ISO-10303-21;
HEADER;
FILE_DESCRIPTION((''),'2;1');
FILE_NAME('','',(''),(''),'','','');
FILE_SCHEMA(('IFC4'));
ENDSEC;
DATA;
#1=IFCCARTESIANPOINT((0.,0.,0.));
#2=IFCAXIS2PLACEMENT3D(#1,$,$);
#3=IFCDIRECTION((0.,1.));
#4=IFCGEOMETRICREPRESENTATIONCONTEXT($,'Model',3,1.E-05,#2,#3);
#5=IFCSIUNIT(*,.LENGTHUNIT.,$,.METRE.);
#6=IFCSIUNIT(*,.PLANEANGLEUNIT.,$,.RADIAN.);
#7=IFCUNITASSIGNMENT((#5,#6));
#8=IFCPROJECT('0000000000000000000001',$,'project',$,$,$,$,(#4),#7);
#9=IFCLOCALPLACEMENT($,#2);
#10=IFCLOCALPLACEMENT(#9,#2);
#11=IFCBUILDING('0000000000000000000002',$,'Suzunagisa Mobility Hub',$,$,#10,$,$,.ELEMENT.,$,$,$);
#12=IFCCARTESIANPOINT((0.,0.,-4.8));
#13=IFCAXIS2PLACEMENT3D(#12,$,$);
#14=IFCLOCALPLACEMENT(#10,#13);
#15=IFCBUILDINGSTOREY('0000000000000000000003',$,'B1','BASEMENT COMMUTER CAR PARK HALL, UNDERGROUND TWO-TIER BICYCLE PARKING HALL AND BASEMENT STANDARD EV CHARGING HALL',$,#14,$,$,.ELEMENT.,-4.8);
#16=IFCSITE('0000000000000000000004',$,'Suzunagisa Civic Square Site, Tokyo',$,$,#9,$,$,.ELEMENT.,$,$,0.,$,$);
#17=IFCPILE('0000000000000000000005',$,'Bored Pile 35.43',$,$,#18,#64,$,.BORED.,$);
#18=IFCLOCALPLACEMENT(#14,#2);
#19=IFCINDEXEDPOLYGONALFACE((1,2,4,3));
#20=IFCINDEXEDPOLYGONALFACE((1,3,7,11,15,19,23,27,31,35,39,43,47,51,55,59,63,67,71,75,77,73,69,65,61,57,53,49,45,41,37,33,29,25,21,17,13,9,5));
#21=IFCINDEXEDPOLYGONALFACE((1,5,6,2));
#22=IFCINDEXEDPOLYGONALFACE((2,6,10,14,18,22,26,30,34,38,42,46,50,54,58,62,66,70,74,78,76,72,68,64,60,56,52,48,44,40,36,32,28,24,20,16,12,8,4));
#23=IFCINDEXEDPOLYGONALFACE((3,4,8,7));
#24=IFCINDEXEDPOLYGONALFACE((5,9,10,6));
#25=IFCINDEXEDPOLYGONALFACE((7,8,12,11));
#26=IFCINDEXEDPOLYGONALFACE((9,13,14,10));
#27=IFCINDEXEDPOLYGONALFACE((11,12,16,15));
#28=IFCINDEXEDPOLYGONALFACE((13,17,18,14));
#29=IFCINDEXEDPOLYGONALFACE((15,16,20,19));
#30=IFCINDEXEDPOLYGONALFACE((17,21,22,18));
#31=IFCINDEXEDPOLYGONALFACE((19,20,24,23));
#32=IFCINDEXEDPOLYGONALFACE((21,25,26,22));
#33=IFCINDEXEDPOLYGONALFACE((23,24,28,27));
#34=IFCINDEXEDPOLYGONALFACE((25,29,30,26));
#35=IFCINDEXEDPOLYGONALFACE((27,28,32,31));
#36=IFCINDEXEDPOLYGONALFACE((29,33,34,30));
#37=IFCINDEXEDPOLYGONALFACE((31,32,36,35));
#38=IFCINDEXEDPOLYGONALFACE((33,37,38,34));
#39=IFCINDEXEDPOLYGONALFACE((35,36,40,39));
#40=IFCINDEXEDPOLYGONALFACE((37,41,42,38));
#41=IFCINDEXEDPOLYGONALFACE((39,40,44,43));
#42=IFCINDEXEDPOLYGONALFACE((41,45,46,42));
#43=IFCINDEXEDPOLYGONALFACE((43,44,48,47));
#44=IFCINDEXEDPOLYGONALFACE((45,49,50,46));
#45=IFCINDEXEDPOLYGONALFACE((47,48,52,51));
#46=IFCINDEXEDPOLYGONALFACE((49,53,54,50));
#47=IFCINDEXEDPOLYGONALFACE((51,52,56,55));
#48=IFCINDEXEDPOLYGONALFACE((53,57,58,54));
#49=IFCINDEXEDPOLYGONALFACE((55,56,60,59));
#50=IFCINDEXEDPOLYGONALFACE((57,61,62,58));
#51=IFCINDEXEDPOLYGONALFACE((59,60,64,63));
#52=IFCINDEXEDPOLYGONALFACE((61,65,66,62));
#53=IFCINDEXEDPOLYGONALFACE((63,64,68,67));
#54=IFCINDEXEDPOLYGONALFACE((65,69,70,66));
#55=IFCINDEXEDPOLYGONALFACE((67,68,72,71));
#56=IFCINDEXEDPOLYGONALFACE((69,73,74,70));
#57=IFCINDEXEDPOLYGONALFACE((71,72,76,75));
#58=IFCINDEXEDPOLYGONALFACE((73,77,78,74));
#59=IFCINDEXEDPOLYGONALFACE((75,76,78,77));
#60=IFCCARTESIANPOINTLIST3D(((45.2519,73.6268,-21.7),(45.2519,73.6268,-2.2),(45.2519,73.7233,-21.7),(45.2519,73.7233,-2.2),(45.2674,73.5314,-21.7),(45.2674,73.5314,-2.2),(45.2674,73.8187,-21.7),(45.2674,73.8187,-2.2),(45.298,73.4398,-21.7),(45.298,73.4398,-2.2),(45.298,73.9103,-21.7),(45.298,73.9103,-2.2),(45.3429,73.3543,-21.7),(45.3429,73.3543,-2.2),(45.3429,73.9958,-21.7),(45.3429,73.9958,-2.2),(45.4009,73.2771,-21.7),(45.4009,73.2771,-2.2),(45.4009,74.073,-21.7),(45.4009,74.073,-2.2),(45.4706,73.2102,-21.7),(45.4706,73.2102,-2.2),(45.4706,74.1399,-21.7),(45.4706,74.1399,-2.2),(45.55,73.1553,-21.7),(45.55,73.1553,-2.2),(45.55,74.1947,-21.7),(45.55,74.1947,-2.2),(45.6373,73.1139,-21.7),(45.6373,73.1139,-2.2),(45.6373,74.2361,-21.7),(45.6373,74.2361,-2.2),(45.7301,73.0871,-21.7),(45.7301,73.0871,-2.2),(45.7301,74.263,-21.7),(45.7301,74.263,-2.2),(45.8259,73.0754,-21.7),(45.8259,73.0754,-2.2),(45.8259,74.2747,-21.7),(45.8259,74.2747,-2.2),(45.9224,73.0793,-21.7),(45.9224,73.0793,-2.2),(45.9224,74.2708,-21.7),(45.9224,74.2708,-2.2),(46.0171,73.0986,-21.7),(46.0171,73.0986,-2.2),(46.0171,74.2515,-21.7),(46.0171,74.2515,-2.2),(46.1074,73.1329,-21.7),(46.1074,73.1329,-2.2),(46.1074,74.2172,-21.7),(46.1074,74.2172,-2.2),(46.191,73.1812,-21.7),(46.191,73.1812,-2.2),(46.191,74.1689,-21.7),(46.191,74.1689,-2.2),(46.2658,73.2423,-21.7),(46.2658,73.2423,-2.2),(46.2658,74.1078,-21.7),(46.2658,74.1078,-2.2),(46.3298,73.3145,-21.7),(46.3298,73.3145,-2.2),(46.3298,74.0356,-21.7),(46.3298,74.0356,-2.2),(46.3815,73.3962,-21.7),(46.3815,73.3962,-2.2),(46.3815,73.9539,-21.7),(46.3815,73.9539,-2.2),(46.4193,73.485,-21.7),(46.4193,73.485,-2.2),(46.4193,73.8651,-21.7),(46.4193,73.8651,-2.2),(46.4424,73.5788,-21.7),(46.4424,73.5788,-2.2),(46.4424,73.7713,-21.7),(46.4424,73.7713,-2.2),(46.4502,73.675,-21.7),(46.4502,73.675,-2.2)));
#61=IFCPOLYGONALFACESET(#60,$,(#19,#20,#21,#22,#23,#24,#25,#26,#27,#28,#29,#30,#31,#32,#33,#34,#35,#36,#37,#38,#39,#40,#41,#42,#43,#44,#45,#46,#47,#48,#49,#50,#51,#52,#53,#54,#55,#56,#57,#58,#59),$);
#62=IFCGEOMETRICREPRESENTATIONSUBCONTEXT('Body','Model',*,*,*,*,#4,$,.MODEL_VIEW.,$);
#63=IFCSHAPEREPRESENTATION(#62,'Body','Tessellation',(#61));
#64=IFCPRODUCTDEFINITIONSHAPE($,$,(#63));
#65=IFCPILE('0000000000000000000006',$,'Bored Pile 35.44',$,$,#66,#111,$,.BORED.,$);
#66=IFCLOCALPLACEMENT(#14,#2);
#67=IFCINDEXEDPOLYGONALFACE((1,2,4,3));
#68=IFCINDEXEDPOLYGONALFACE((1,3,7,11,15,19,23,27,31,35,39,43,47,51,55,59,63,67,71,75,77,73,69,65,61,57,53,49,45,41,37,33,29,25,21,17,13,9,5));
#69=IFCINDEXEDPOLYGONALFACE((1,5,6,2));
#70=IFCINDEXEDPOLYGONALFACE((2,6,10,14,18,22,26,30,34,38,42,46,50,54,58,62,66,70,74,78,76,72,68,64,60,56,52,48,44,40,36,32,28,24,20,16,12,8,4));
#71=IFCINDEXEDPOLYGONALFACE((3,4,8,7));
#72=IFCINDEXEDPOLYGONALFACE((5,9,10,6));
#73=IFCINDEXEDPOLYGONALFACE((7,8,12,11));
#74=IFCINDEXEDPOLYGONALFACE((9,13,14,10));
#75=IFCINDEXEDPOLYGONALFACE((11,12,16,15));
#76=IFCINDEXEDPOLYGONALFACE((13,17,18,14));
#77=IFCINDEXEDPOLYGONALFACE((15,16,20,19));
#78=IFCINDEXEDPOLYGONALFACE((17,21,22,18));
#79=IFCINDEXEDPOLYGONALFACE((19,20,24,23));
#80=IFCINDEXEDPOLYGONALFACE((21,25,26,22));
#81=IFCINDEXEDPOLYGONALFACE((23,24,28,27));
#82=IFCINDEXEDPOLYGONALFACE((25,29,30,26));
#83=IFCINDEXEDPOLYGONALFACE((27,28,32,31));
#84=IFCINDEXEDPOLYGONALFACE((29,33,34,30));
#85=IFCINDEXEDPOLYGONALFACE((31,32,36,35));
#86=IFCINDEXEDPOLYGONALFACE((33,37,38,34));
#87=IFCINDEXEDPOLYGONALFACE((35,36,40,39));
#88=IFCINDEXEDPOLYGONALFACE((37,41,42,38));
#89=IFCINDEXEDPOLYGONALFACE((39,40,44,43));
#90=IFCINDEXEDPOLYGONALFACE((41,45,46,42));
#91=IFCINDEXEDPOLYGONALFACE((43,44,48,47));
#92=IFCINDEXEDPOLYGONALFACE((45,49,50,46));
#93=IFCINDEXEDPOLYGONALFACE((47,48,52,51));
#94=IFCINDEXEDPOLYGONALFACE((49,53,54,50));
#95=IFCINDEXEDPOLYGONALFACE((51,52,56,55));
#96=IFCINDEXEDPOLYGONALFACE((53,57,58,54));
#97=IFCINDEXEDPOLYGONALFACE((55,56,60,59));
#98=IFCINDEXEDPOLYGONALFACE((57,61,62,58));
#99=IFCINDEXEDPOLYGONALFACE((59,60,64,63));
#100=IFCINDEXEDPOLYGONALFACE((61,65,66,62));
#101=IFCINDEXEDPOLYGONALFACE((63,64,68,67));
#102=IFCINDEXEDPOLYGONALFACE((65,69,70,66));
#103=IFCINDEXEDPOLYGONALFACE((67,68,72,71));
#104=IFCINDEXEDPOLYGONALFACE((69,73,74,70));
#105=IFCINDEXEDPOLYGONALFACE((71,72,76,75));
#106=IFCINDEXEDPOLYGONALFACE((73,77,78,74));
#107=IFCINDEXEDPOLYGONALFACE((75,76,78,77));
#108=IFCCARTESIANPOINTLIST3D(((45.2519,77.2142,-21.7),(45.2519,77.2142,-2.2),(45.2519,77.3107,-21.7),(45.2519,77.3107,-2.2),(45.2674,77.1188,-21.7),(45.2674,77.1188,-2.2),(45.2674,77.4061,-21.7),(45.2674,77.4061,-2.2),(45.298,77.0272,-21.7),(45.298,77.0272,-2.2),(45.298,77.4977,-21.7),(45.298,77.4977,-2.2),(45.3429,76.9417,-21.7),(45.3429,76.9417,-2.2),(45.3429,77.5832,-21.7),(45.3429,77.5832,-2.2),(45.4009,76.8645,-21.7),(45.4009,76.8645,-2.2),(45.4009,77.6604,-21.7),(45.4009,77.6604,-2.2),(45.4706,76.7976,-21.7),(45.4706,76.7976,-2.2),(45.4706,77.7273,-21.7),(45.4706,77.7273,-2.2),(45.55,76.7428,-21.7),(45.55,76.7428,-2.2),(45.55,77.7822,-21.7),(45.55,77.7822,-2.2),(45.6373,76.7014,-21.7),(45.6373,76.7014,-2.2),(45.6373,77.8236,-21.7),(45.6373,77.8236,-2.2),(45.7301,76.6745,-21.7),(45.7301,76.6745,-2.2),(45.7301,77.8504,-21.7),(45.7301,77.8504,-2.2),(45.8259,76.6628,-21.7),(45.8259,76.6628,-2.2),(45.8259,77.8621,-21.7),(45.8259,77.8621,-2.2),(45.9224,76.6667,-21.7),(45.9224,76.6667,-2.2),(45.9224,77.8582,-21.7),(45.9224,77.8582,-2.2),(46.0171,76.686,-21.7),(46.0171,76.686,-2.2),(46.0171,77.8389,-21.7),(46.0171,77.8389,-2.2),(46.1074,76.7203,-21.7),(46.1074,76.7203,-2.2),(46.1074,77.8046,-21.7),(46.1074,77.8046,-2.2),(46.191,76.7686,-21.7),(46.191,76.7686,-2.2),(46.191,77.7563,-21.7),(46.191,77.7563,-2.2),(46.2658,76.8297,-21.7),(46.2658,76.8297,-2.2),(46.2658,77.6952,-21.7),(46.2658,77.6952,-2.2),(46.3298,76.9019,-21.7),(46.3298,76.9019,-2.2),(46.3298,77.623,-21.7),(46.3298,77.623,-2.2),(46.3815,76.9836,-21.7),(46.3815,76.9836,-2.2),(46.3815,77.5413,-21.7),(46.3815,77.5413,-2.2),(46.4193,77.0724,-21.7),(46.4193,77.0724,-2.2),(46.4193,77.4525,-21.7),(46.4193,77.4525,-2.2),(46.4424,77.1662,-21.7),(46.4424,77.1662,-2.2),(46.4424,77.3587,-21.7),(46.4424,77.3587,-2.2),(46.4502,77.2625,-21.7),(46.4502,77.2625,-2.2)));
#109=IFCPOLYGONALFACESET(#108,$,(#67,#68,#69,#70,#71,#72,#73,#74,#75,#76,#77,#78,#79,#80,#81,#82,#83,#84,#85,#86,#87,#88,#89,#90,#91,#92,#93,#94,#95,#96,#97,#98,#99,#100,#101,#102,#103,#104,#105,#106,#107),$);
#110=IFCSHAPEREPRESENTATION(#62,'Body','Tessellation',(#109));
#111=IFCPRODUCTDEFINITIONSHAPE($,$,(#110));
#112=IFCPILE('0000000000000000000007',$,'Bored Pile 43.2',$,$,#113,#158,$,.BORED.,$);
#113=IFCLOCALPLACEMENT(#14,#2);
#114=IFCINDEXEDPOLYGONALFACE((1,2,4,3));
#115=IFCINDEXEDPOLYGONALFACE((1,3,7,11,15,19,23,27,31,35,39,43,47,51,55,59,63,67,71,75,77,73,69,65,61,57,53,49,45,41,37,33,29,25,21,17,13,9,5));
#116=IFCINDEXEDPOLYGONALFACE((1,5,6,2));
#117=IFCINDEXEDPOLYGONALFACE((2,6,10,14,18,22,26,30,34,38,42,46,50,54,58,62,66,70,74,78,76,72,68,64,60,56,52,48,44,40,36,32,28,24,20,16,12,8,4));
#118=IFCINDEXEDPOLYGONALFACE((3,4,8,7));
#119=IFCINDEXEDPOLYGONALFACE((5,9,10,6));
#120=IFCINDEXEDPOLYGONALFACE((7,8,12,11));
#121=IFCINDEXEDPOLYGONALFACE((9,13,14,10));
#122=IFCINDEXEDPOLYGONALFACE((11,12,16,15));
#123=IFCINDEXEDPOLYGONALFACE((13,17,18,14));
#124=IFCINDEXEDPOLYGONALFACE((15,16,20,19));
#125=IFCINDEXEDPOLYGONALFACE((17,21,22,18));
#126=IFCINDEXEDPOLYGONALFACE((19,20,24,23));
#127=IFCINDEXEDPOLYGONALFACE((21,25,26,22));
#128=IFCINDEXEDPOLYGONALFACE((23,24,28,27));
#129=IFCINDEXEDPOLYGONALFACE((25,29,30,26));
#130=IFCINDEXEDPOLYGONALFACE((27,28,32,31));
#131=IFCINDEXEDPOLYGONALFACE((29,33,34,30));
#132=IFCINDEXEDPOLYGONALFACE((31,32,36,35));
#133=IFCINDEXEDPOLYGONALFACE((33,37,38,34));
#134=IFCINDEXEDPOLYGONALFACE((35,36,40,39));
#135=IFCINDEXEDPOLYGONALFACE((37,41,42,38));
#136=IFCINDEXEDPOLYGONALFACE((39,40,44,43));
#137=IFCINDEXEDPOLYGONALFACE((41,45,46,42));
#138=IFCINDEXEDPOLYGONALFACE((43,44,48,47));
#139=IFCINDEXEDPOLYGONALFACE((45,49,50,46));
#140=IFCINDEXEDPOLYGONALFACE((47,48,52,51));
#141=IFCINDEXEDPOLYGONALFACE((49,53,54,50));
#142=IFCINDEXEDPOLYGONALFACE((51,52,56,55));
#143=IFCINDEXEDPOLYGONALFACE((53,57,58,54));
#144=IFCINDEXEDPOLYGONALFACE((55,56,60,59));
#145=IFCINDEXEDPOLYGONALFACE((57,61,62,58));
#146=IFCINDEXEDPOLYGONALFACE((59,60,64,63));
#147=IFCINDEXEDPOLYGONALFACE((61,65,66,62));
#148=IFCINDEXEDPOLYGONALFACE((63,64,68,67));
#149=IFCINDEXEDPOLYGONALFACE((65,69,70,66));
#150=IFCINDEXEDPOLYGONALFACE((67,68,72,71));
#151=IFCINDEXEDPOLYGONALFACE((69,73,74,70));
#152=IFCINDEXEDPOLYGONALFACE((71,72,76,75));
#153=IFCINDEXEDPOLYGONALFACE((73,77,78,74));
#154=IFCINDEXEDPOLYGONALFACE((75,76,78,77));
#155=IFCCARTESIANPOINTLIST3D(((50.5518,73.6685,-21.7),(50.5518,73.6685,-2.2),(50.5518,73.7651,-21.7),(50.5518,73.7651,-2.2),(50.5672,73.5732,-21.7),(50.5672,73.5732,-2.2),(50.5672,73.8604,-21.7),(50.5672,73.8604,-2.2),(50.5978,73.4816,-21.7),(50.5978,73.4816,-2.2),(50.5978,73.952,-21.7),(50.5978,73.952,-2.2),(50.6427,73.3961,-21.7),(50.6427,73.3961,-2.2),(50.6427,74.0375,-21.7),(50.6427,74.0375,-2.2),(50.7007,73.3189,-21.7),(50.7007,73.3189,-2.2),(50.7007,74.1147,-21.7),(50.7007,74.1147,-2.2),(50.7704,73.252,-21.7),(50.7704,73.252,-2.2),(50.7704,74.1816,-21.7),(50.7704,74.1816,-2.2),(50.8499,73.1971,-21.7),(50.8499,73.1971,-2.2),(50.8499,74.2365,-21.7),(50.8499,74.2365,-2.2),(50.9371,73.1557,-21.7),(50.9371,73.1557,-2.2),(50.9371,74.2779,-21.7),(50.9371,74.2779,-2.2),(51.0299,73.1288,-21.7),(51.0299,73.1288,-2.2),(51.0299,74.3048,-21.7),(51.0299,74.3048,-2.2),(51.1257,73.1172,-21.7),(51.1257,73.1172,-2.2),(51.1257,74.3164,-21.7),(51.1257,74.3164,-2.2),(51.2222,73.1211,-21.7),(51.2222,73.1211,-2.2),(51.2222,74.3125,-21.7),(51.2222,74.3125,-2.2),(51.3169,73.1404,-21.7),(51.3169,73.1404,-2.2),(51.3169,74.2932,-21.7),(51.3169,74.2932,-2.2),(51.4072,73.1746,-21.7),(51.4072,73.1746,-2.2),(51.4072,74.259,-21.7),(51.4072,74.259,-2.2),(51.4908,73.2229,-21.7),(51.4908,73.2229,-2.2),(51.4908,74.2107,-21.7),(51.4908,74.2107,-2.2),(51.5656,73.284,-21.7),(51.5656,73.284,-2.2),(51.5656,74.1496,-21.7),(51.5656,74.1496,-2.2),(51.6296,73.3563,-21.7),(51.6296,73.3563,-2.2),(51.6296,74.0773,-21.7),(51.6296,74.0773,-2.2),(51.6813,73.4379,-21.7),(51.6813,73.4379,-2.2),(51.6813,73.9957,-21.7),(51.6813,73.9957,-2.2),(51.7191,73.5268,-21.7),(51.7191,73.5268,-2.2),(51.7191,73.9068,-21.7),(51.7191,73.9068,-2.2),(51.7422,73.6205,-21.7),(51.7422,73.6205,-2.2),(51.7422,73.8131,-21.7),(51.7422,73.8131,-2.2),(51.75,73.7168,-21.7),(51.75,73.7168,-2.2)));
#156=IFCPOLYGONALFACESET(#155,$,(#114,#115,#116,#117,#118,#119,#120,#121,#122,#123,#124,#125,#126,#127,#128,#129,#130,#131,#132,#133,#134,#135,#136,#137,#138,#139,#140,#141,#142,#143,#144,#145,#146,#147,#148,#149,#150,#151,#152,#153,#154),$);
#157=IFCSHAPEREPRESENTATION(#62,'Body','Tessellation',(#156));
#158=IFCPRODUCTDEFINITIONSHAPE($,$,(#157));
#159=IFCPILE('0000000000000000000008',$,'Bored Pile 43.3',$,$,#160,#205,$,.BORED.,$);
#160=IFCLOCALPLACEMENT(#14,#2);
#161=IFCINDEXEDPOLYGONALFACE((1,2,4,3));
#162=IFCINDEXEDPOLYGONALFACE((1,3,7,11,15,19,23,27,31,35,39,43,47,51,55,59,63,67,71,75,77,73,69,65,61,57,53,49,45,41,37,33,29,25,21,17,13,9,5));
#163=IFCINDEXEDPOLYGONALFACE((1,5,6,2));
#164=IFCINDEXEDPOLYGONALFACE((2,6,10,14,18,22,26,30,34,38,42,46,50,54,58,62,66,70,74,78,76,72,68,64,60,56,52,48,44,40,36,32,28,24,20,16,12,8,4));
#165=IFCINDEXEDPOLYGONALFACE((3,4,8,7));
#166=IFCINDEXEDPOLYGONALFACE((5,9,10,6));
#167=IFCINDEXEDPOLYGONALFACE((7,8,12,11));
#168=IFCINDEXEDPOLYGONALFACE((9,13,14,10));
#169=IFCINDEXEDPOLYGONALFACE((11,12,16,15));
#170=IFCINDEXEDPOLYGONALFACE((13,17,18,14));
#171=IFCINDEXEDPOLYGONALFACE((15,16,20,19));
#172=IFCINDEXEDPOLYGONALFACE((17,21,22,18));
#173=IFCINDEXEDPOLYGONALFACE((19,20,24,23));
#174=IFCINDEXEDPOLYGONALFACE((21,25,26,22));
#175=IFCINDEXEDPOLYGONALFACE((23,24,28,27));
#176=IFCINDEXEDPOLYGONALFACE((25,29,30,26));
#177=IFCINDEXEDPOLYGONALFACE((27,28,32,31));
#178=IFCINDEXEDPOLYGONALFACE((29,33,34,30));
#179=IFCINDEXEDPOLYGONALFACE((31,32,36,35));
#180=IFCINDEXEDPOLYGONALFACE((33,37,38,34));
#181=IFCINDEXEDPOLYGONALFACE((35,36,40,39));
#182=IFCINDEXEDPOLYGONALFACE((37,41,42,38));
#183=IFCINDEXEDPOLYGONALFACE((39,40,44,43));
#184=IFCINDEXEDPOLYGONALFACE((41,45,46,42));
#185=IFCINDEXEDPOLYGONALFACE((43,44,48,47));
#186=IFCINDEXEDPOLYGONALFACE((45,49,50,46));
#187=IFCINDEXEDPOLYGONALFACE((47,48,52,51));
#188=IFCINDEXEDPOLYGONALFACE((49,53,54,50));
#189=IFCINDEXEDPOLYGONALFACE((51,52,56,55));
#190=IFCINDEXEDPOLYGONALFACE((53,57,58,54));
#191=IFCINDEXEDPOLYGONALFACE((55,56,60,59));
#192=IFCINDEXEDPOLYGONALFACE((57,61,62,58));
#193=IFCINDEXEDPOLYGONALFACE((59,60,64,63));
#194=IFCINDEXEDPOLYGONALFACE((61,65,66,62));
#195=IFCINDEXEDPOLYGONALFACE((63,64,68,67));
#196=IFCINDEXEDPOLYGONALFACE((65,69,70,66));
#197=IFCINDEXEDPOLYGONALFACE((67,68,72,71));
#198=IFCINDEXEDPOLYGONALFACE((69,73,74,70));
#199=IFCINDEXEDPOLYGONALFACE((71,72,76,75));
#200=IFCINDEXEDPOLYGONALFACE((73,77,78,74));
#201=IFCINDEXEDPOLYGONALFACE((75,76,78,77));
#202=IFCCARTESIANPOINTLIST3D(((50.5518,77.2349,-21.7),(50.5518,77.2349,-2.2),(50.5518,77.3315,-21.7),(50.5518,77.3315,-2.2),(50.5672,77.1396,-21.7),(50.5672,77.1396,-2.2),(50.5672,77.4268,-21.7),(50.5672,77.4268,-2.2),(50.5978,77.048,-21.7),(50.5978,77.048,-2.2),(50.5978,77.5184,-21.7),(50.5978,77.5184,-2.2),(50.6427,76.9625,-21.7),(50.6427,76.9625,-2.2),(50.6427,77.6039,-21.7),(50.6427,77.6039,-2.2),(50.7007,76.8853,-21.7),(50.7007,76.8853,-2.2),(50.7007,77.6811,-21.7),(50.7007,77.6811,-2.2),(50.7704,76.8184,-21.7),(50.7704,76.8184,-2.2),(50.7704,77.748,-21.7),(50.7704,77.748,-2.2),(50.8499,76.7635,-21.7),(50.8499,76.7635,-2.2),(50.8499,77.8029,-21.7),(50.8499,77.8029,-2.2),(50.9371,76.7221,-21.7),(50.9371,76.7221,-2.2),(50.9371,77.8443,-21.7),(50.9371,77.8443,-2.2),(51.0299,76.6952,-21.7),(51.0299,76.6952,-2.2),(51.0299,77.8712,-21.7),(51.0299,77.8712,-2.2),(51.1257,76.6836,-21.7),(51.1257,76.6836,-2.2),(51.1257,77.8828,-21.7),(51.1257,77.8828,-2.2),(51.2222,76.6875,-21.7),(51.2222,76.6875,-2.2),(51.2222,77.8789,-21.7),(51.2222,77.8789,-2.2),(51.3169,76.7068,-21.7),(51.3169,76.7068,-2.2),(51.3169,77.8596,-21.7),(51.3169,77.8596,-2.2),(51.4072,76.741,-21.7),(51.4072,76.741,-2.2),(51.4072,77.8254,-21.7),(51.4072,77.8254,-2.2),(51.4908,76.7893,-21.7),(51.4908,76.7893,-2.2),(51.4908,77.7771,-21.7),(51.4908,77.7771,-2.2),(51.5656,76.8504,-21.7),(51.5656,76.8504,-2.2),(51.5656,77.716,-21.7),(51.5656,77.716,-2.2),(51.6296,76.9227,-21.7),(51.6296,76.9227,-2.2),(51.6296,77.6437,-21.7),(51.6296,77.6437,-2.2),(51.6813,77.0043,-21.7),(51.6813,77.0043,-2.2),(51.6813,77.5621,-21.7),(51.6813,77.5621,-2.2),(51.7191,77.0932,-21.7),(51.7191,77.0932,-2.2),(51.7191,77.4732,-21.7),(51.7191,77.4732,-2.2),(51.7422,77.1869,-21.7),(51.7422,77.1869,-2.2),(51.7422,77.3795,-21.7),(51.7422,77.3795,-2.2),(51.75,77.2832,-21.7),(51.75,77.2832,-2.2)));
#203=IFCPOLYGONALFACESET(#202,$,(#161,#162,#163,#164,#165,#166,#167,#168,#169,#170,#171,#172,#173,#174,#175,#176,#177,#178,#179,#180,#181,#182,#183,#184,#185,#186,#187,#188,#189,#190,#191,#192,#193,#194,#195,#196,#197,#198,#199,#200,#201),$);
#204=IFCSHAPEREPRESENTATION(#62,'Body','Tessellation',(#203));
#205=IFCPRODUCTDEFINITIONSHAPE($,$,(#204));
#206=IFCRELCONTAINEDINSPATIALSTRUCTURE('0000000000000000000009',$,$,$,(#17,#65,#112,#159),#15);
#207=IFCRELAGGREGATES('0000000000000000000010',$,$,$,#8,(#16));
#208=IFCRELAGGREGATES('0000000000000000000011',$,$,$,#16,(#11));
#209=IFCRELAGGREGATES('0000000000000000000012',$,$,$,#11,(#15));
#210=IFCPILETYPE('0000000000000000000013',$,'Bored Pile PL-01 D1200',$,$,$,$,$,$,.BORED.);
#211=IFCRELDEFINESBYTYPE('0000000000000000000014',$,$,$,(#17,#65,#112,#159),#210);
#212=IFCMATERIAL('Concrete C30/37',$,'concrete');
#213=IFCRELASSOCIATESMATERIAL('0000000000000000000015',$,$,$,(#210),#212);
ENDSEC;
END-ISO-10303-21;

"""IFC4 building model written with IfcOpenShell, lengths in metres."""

from ifc_helpers import new_model, si_unit, direction, frame, origin, origin_2d, place, context, subcontext, project, spatial, circle, extrude, material, material_profile, profile_set, type_object, element, save


model = new_model("IFC4")

# Units and contexts
model_context = context("Model", 3, precision=1e-05, world=origin(), true_north=direction((0.0, 1.0)))
body_context = subcontext(model_context, "Body", "Model", "MODEL_VIEW")
ifc_project = project(units=[si_unit("LENGTHUNIT", "METRE"), si_unit("PLANEANGLEUNIT", "RADIAN")], contexts=[model_context])

# Site, building, storey
site_placement = place(None, origin())
site = spatial("IfcSite", under=ifc_project, at=site_placement, Name="Suzunagisa Civic Square Site, Tokyo", CompositionType="ELEMENT", RefElevation=0.0)
building_placement = place(site_placement, origin())
building = spatial("IfcBuilding", under=site, at=building_placement, Name="Suzunagisa Mobility Hub", CompositionType="ELEMENT")
storey_placement = place(building_placement, frame((0.0, 0.0, -4.8)))
storey = spatial("IfcBuildingStorey", under=building, at=storey_placement, Name="B1", Description="BASEMENT COMMUTER CAR PARK HALL, UNDERGROUND TWO-TIER BICYCLE PARKING HALL AND BASEMENT STANDARD EV CHARGING HALL", CompositionType="ELEMENT", Elevation=-4.8)

# Piles
ifc_material_1 = material(Name="Concrete C30/37", Category="concrete")
ifc_material_profile_1 = material_profile(ifc_material_1, circle(Radius=0.6001, at=origin_2d()), Name="BORED PILE D1200")
ifc_profile_set_1 = profile_set([ifc_material_profile_1], Name="Concrete C30/37")
pile_type = type_object("IfcPileType", Name="Bored Pile PL-01 D1200", PredefinedType="BORED", material=ifc_profile_set_1)
for number, where, z_axis, x_axis, name in (
    (1, (45.8501, 73.675, -2.2), (0.0, 0.0, -1.0), (1.0, 0.0, 0.0), "Bored Pile 35.43"),
    (2, (45.8501, 77.2625, -2.2), (0.0, 0.0, -1.0), (1.0, 0.0, 0.0), "Bored Pile 35.44"),
    (3, (51.1499, 73.7168, -2.2), (0.0, 0.0, -1.0), (1.0, 0.0, 0.0), "Bored Pile 43.2"),
    (4, (51.1499, 77.2832, -2.2), (0.0, 0.0, -1.0), (1.0, 0.0, 0.0), "Bored Pile 43.3"),
):
    element("IfcPile", number, at=place(storey_placement, frame(where, z_axis=z_axis, x_axis=x_axis)), inside=storey, type_object=pile_type, Name=name, PredefinedType="BORED", context=body_context, shape_type="SweptSolid", body=[
        extrude(circle(Radius=0.6001, at=origin_2d()), origin(), (0.0, 0.0, 1.0), 19.5),
    ])

save(model, "model.ifc")
